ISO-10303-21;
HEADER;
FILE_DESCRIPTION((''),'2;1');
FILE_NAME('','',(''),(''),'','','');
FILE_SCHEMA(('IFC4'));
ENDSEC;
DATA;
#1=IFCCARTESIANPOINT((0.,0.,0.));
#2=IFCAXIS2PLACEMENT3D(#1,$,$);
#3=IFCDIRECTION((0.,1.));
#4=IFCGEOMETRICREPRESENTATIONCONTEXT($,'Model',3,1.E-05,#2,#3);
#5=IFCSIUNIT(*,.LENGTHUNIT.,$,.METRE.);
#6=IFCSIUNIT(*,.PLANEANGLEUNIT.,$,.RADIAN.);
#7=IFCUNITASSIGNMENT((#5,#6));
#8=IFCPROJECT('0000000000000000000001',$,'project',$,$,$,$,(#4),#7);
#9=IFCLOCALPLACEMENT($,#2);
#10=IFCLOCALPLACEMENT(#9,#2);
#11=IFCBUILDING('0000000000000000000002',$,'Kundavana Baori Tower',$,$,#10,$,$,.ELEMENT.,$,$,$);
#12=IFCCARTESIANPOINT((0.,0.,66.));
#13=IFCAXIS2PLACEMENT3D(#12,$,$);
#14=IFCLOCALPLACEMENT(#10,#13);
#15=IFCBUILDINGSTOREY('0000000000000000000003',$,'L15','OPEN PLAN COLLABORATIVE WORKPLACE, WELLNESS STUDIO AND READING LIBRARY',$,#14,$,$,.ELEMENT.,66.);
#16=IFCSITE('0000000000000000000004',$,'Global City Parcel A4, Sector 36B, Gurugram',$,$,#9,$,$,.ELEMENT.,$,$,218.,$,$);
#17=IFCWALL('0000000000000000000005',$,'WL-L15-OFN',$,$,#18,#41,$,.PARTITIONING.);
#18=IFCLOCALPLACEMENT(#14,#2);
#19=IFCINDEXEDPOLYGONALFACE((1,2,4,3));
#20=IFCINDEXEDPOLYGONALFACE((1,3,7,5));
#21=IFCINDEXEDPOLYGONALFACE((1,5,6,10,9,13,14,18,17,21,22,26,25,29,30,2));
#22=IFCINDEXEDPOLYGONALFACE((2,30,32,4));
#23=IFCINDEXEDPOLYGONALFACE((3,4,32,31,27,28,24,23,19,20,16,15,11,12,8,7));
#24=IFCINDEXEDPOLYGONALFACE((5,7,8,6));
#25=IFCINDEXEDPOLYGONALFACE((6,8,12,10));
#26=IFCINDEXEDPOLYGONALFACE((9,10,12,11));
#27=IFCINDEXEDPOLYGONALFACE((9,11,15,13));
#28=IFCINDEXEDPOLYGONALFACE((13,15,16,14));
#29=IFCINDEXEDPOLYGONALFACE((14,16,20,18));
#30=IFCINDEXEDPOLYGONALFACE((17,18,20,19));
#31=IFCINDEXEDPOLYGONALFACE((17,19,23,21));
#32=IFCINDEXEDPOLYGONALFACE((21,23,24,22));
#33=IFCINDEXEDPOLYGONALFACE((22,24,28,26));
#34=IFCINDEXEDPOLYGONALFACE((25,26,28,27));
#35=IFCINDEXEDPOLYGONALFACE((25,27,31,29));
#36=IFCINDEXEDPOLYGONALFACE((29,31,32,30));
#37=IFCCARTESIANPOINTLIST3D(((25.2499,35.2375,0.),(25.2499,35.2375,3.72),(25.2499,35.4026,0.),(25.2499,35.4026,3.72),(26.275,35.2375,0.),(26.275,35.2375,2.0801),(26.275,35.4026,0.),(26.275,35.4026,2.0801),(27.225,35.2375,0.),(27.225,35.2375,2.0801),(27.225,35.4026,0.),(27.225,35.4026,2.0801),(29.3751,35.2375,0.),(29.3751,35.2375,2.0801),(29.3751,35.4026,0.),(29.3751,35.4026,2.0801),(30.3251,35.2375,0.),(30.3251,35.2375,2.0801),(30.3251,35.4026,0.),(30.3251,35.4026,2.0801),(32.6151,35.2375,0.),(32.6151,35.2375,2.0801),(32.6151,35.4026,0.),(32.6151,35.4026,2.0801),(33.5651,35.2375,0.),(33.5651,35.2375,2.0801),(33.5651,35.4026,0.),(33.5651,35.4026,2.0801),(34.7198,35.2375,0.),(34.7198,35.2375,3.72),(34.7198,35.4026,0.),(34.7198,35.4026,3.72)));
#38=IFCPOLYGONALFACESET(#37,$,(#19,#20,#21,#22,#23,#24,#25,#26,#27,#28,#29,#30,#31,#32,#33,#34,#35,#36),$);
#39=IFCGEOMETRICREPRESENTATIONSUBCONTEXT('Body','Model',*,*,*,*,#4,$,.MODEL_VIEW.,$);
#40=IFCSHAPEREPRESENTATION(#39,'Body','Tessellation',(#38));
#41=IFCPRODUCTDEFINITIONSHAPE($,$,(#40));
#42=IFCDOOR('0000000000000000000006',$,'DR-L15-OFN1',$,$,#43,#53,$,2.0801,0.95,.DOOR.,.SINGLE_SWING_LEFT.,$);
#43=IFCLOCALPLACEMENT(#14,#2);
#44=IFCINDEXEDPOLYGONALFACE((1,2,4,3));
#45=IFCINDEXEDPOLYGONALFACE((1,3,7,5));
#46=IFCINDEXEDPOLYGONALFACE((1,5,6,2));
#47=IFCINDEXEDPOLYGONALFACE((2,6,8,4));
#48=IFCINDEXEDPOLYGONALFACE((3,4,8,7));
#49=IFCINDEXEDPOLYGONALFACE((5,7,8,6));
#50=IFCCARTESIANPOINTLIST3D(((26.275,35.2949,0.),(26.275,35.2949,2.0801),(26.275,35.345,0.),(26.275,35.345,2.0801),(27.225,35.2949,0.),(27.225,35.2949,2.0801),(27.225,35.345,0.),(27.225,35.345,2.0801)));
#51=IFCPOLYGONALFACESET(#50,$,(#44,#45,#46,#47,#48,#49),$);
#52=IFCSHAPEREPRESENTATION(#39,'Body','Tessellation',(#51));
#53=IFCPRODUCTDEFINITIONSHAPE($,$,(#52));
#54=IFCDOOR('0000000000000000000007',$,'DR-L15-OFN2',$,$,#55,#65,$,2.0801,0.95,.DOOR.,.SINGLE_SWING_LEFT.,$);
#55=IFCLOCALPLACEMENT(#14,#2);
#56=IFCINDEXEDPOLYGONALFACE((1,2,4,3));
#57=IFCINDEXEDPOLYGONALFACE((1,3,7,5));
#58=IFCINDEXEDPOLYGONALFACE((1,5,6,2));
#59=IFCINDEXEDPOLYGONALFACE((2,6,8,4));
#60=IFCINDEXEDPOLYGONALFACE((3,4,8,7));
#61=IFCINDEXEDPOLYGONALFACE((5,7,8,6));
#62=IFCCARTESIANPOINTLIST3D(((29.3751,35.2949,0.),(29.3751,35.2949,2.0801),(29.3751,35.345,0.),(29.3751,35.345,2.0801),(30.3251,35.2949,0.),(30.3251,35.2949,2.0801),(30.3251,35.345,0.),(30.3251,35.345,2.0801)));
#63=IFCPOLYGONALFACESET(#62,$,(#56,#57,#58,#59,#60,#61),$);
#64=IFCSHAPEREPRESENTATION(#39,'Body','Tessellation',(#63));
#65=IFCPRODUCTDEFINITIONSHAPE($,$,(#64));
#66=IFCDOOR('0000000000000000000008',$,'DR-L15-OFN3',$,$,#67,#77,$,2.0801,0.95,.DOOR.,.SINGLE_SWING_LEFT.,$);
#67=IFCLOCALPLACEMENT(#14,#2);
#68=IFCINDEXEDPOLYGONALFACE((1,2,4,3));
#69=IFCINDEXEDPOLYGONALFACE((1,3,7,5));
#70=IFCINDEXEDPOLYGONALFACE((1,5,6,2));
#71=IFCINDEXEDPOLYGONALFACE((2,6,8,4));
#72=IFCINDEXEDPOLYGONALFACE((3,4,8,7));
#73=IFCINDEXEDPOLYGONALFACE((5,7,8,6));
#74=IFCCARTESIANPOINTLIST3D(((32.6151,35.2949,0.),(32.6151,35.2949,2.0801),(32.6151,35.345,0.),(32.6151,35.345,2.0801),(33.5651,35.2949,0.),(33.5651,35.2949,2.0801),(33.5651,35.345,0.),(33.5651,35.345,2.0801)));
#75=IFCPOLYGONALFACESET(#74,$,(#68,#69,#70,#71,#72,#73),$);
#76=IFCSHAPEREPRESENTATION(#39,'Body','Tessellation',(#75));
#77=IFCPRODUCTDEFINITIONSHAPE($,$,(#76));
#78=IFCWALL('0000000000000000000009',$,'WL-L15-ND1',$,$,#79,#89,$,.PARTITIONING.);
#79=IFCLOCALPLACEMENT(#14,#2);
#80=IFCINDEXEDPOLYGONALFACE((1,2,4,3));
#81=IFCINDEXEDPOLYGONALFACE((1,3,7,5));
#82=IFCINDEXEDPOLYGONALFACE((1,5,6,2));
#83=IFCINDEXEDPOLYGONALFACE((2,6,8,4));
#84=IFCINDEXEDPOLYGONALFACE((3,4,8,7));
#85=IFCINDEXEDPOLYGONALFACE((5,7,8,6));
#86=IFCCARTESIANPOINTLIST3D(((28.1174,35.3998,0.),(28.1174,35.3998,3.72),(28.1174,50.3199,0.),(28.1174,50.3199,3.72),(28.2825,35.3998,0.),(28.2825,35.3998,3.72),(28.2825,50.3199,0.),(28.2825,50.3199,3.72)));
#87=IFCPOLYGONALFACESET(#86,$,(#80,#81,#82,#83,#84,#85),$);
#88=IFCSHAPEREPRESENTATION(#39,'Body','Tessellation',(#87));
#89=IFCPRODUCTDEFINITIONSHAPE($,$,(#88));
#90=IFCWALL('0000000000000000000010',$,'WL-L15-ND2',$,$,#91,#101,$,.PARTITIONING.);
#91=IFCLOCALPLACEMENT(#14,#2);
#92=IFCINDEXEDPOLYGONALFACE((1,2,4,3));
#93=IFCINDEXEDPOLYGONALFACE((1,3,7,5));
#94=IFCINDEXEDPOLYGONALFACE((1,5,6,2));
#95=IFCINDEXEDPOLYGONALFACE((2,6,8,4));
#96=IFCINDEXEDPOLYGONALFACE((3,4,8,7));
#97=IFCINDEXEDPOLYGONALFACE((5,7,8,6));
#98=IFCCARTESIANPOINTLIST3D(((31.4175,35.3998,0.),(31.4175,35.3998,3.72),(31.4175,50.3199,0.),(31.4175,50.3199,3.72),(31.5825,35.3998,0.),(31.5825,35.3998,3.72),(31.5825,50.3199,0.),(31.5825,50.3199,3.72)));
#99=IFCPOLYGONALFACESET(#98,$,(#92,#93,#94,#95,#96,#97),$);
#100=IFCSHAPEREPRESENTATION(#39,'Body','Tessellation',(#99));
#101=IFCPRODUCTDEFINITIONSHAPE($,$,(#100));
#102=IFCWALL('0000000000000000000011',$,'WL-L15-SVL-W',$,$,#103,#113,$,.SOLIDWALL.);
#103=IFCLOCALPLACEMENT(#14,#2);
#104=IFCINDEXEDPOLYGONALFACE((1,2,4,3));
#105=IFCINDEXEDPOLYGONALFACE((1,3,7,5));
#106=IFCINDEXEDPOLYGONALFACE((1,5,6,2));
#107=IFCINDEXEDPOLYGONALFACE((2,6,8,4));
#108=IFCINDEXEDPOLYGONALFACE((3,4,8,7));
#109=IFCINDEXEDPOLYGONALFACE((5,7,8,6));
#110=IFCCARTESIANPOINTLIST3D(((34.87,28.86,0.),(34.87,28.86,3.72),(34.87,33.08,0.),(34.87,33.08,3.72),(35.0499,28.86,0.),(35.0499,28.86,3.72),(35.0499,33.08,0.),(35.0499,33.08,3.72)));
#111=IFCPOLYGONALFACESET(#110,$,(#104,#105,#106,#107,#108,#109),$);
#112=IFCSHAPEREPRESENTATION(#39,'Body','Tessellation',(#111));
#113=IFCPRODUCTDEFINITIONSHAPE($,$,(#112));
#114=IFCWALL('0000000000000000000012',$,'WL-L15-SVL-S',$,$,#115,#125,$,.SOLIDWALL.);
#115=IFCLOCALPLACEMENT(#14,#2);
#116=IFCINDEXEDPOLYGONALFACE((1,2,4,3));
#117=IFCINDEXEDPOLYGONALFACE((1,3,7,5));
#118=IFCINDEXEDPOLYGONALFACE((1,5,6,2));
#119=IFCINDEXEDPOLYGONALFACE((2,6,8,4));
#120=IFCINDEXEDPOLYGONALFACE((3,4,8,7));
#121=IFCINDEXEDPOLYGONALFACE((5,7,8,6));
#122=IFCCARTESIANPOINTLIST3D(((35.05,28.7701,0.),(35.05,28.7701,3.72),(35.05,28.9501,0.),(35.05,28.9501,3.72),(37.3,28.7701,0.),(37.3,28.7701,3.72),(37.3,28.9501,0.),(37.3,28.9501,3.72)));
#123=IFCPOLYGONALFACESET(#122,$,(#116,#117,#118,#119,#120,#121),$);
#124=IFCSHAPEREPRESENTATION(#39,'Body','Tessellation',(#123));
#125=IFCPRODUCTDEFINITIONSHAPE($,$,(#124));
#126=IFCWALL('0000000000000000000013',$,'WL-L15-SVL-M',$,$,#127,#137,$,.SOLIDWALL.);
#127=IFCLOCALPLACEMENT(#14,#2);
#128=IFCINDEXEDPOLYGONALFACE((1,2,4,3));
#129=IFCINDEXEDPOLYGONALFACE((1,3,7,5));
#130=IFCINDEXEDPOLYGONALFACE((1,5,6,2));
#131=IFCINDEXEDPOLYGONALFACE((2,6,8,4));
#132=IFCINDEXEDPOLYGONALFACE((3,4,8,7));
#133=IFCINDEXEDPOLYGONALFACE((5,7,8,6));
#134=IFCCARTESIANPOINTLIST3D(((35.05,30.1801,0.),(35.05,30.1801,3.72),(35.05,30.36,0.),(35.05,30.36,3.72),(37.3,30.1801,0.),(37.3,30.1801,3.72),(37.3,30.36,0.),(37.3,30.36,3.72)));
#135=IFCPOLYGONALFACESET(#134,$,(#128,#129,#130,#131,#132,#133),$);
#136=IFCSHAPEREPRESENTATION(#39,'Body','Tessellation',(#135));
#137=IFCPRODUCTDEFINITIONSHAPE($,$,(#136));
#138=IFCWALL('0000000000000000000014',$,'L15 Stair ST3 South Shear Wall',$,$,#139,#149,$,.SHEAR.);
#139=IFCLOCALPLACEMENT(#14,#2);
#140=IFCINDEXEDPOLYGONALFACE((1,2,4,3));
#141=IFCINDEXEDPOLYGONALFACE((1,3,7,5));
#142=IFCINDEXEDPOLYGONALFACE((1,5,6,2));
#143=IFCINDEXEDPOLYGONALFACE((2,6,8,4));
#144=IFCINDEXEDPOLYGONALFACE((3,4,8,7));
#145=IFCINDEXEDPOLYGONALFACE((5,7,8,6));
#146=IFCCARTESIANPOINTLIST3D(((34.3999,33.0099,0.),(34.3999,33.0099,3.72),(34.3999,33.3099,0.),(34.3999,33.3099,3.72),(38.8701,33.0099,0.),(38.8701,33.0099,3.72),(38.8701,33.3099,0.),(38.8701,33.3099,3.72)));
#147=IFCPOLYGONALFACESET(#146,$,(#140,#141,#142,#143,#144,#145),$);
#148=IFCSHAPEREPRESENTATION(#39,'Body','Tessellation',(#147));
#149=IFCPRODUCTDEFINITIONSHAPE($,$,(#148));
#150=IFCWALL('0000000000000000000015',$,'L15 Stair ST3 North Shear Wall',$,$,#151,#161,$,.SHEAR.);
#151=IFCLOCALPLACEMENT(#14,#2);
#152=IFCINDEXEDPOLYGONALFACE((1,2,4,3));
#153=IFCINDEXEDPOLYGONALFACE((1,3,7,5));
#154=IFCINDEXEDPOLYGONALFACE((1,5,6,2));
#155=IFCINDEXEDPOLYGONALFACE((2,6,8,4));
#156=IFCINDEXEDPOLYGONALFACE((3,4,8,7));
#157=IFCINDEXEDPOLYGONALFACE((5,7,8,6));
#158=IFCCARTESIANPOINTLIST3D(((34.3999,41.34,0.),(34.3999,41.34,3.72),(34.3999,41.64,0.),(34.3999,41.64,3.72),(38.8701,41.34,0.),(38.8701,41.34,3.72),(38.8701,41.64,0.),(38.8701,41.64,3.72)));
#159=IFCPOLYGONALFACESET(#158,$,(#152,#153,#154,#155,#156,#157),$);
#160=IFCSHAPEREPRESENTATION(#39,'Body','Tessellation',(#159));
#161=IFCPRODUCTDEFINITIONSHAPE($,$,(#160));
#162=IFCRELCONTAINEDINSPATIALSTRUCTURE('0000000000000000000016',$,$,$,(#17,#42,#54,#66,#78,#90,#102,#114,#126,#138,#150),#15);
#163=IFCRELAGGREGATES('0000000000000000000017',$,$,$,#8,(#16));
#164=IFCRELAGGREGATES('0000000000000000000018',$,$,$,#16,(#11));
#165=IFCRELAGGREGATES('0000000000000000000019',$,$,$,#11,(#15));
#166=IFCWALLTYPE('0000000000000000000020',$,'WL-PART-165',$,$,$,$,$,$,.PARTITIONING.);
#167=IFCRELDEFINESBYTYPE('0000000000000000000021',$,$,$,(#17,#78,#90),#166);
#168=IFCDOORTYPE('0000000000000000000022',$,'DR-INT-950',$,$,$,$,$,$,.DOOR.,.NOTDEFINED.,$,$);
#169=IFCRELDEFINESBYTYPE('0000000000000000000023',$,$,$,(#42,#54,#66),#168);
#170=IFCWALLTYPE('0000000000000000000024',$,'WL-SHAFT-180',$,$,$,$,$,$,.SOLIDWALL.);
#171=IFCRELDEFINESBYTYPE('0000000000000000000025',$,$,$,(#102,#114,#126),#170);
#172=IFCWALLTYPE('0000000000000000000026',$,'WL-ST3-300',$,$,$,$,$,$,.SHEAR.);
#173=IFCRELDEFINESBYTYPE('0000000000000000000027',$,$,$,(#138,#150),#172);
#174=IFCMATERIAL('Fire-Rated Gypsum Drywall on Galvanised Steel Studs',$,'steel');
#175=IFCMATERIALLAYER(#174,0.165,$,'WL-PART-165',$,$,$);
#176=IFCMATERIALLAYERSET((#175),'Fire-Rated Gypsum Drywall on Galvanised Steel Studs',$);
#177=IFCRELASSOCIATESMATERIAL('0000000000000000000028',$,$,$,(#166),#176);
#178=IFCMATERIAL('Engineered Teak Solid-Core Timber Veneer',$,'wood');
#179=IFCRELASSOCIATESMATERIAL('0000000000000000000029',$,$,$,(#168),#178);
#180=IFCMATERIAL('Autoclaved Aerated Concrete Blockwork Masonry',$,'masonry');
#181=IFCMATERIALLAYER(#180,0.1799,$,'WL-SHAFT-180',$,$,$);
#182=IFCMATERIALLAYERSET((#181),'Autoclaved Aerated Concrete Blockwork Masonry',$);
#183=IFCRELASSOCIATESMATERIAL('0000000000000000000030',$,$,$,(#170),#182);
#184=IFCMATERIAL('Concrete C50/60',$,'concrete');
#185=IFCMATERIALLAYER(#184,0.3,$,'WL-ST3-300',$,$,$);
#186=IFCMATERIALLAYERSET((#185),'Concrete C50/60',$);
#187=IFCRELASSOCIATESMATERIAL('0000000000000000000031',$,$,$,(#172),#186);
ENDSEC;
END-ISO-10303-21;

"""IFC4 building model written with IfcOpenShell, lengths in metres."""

from ifc_helpers import new_model, si_unit, direction, frame, frame_2d, origin, place, context, subcontext, project, spatial, rectangle, extrude, material, layer, layer_set, type_object, element, fill, save


model = new_model("IFC4")

# Units and contexts
model_context = context("Model", 3, precision=1e-05, world=origin(), true_north=direction((0.0, 1.0)))
body_context = subcontext(model_context, "Body", "Model", "MODEL_VIEW")
ifc_project = project(units=[si_unit("LENGTHUNIT", "METRE"), si_unit("PLANEANGLEUNIT", "RADIAN")], contexts=[model_context])

# Site, building, storey
site_placement = place(None, origin())
site = spatial("IfcSite", under=ifc_project, at=site_placement, Name="Global City Parcel A4, Sector 36B, Gurugram", CompositionType="ELEMENT", RefElevation=218.0)
building_placement = place(site_placement, origin())
building = spatial("IfcBuilding", under=site, at=building_placement, Name="Kundavana Baori Tower", CompositionType="ELEMENT")
storey_placement = place(building_placement, frame((0.0, 0.0, 66.0)))
storey = spatial("IfcBuildingStorey", under=building, at=storey_placement, Name="L15", Description="OPEN PLAN COLLABORATIVE WORKPLACE, WELLNESS STUDIO AND READING LIBRARY", CompositionType="ELEMENT", Elevation=66.0)

# Wall, openings, doors
ifc_material_1 = material(Name="Fire-Rated Gypsum Drywall on Galvanised Steel Studs", Category="steel")
ifc_layer_1 = layer(ifc_material_1, 0.165, Name="WL-PART-165")
ifc_layer_set_1 = layer_set([ifc_layer_1], Name="Fire-Rated Gypsum Drywall on Galvanised Steel Studs")
wall_type_1 = type_object("IfcWallType", Name="WL-PART-165", PredefinedType="PARTITIONING", material=ifc_layer_set_1)
wall_1_placement = place(storey_placement, frame((25.25, 35.3201, 0.0), z_axis=(0.0, 0.0, 1.0), x_axis=(1.0, 0.0, 0.0)))
wall_1 = element("IfcWall", 1, at=wall_1_placement, inside=storey, type_object=wall_type_1, Name="WL-L15-OFN", PredefinedType="PARTITIONING", context=body_context, shape_type="SweptSolid", body=[
    extrude(rectangle(XDim=9.47, YDim=0.165, at=frame_2d((4.7349, 0.0))), origin(), (0.0, 0.0, 1.0), 3.72),
])
opening_1_placement = place(wall_1_placement, frame((1.0249, 0.0, 0.0)))
opening_1 = element("IfcOpeningElement", 2, at=opening_1_placement, cuts=wall_1, PredefinedType="OPENING", context=body_context, shape_type="SweptSolid", body=[
    extrude(rectangle(XDim=0.95, YDim=2.0801, at=frame_2d((0.4751, 1.04))), frame((0.0, 0.0925, 0.0), z_axis=(0.0, -1.0, 0.0), x_axis=(1.0, 0.0, 0.0)), (0.0, 0.0, 1.0), 0.1851),
])
opening_2_placement = place(wall_1_placement, frame((4.125, 0.0, 0.0)))
opening_2 = element("IfcOpeningElement", 3, at=opening_2_placement, cuts=wall_1, PredefinedType="OPENING", context=body_context, shape_type="SweptSolid", body=[
    extrude(rectangle(XDim=0.95, YDim=2.0801, at=frame_2d((0.4751, 1.04))), frame((0.0, 0.0925, 0.0), z_axis=(0.0, -1.0, 0.0), x_axis=(1.0, 0.0, 0.0)), (0.0, 0.0, 1.0), 0.1851),
])
opening_3_placement = place(wall_1_placement, frame((7.365, 0.0, 0.0)))
opening_3 = element("IfcOpeningElement", 4, at=opening_3_placement, cuts=wall_1, PredefinedType="OPENING", context=body_context, shape_type="SweptSolid", body=[
    extrude(rectangle(XDim=0.95, YDim=2.0801, at=frame_2d((0.4751, 1.04))), frame((0.0, 0.0925, 0.0), z_axis=(0.0, -1.0, 0.0), x_axis=(1.0, 0.0, 0.0)), (0.0, 0.0, 1.0), 0.1851),
])
ifc_material_2 = material(Name="Engineered Teak Solid-Core Timber Veneer", Category="wood")
door_type_1 = type_object("IfcDoorType", Name="DR-INT-950", OperationType="NOTDEFINED", PredefinedType="DOOR", material=ifc_material_2)
door_1_placement = place(opening_1_placement, origin())
door_1 = element("IfcDoor", 5, at=door_1_placement, inside=storey, type_object=door_type_1, Name="DR-L15-OFN1", OperationType="SINGLE_SWING_LEFT", OverallHeight=2.0801, OverallWidth=0.95, PredefinedType="DOOR", context=body_context, shape_type="SweptSolid", body=[
    extrude(rectangle(XDim=0.95, YDim=2.0801, at=frame_2d((0.4751, 1.04))), frame((0.0, 0.0249, 0.0), z_axis=(0.0, -1.0, 0.0), x_axis=(1.0, 0.0, 0.0)), (0.0, 0.0, 1.0), 0.05),
])
fill(opening_1, door_1)
door_2_placement = place(opening_2_placement, origin())
door_2 = element("IfcDoor", 6, at=door_2_placement, inside=storey, type_object=door_type_1, Name="DR-L15-OFN2", OperationType="SINGLE_SWING_LEFT", OverallHeight=2.0801, OverallWidth=0.95, PredefinedType="DOOR", context=body_context, shape_type="SweptSolid", body=[
    extrude(rectangle(XDim=0.95, YDim=2.0801, at=frame_2d((0.4751, 1.04))), frame((0.0, 0.0249, 0.0), z_axis=(0.0, -1.0, 0.0), x_axis=(1.0, 0.0, 0.0)), (0.0, 0.0, 1.0), 0.05),
])
fill(opening_2, door_2)
door_3_placement = place(opening_3_placement, origin())
door_3 = element("IfcDoor", 7, at=door_3_placement, inside=storey, type_object=door_type_1, Name="DR-L15-OFN3", OperationType="SINGLE_SWING_LEFT", OverallHeight=2.0801, OverallWidth=0.95, PredefinedType="DOOR", context=body_context, shape_type="SweptSolid", body=[
    extrude(rectangle(XDim=0.95, YDim=2.0801, at=frame_2d((0.4751, 1.04))), frame((0.0, 0.0249, 0.0), z_axis=(0.0, -1.0, 0.0), x_axis=(1.0, 0.0, 0.0)), (0.0, 0.0, 1.0), 0.05),
])
fill(opening_3, door_3)

# Walls
for number, where, z_axis, x_axis, name in (
    (8, (28.2, 35.3999, 0.0), (0.0, 0.0, 1.0), (0.0, 1.0, 0.0), "WL-L15-ND1"),
    (9, (31.5, 35.3999, 0.0), (0.0, 0.0, 1.0), (0.0, 1.0, 0.0), "WL-L15-ND2"),
):
    element("IfcWall", number, at=place(storey_placement, frame(where, z_axis=z_axis, x_axis=x_axis)), inside=storey, type_object=wall_type_1, Name=name, PredefinedType="PARTITIONING", context=body_context, shape_type="SweptSolid", body=[
        extrude(rectangle(XDim=14.9202, YDim=0.165, at=frame_2d((7.46, 0.0))), origin(), (0.0, 0.0, 1.0), 3.72),
    ])
ifc_material_3 = material(Name="Autoclaved Aerated Concrete Blockwork Masonry", Category="masonry")
ifc_layer_2 = layer(ifc_material_3, 0.1799, Name="WL-SHAFT-180")
ifc_layer_set_2 = layer_set([ifc_layer_2], Name="Autoclaved Aerated Concrete Blockwork Masonry")
wall_type_2 = type_object("IfcWallType", Name="WL-SHAFT-180", PredefinedType="SOLIDWALL", material=ifc_layer_set_2)
wall_2_placement = place(storey_placement, frame((34.96, 28.8601, 0.0), z_axis=(0.0, 0.0, 1.0), x_axis=(0.0, 1.0, 0.0)))
element("IfcWall", 10, at=wall_2_placement, inside=storey, type_object=wall_type_2, Name="WL-L15-SVL-W", PredefinedType="SOLIDWALL", context=body_context, shape_type="SweptSolid", body=[
    extrude(rectangle(XDim=4.22, YDim=0.1799, at=frame_2d((2.1099, 0.0))), origin(), (0.0, 0.0, 1.0), 3.72),
])
for number, where, z_axis, x_axis, name in (
    (11, (35.05, 28.8601, 0.0), (0.0, 0.0, 1.0), (1.0, 0.0, 0.0), "WL-L15-SVL-S"),
    (12, (35.05, 30.27, 0.0), (0.0, 0.0, 1.0), (1.0, 0.0, 0.0), "WL-L15-SVL-M"),
):
    element("IfcWall", number, at=place(storey_placement, frame(where, z_axis=z_axis, x_axis=x_axis)), inside=storey, type_object=wall_type_2, Name=name, PredefinedType="SOLIDWALL", context=body_context, shape_type="SweptSolid", body=[
        extrude(rectangle(XDim=2.25, YDim=0.1799, at=frame_2d((1.125, 0.0))), origin(), (0.0, 0.0, 1.0), 3.72),
    ])
ifc_material_4 = material(Name="Concrete C50/60", Category="concrete")
ifc_layer_3 = layer(ifc_material_4, 0.3, Name="WL-ST3-300")
ifc_layer_set_3 = layer_set([ifc_layer_3], Name="Concrete C50/60")
wall_type_3 = type_object("IfcWallType", Name="WL-ST3-300", PredefinedType="SHEAR", material=ifc_layer_set_3)
for number, where, z_axis, x_axis, name in (
    (13, (34.3999, 33.1599, 0.0), (0.0, 0.0, 1.0), (1.0, 0.0, 0.0), "L15 Stair ST3 South Shear Wall"),
    (14, (34.3999, 41.49, 0.0), (0.0, 0.0, 1.0), (1.0, 0.0, 0.0), "L15 Stair ST3 North Shear Wall"),
):
    element("IfcWall", number, at=place(storey_placement, frame(where, z_axis=z_axis, x_axis=x_axis)), inside=storey, type_object=wall_type_3, Name=name, PredefinedType="SHEAR", context=body_context, shape_type="SweptSolid", body=[
        extrude(rectangle(XDim=4.4702, YDim=0.3, at=frame_2d((2.2351, 0.0))), origin(), (0.0, 0.0, 1.0), 3.72),
    ])

save(model, "model.ifc")
